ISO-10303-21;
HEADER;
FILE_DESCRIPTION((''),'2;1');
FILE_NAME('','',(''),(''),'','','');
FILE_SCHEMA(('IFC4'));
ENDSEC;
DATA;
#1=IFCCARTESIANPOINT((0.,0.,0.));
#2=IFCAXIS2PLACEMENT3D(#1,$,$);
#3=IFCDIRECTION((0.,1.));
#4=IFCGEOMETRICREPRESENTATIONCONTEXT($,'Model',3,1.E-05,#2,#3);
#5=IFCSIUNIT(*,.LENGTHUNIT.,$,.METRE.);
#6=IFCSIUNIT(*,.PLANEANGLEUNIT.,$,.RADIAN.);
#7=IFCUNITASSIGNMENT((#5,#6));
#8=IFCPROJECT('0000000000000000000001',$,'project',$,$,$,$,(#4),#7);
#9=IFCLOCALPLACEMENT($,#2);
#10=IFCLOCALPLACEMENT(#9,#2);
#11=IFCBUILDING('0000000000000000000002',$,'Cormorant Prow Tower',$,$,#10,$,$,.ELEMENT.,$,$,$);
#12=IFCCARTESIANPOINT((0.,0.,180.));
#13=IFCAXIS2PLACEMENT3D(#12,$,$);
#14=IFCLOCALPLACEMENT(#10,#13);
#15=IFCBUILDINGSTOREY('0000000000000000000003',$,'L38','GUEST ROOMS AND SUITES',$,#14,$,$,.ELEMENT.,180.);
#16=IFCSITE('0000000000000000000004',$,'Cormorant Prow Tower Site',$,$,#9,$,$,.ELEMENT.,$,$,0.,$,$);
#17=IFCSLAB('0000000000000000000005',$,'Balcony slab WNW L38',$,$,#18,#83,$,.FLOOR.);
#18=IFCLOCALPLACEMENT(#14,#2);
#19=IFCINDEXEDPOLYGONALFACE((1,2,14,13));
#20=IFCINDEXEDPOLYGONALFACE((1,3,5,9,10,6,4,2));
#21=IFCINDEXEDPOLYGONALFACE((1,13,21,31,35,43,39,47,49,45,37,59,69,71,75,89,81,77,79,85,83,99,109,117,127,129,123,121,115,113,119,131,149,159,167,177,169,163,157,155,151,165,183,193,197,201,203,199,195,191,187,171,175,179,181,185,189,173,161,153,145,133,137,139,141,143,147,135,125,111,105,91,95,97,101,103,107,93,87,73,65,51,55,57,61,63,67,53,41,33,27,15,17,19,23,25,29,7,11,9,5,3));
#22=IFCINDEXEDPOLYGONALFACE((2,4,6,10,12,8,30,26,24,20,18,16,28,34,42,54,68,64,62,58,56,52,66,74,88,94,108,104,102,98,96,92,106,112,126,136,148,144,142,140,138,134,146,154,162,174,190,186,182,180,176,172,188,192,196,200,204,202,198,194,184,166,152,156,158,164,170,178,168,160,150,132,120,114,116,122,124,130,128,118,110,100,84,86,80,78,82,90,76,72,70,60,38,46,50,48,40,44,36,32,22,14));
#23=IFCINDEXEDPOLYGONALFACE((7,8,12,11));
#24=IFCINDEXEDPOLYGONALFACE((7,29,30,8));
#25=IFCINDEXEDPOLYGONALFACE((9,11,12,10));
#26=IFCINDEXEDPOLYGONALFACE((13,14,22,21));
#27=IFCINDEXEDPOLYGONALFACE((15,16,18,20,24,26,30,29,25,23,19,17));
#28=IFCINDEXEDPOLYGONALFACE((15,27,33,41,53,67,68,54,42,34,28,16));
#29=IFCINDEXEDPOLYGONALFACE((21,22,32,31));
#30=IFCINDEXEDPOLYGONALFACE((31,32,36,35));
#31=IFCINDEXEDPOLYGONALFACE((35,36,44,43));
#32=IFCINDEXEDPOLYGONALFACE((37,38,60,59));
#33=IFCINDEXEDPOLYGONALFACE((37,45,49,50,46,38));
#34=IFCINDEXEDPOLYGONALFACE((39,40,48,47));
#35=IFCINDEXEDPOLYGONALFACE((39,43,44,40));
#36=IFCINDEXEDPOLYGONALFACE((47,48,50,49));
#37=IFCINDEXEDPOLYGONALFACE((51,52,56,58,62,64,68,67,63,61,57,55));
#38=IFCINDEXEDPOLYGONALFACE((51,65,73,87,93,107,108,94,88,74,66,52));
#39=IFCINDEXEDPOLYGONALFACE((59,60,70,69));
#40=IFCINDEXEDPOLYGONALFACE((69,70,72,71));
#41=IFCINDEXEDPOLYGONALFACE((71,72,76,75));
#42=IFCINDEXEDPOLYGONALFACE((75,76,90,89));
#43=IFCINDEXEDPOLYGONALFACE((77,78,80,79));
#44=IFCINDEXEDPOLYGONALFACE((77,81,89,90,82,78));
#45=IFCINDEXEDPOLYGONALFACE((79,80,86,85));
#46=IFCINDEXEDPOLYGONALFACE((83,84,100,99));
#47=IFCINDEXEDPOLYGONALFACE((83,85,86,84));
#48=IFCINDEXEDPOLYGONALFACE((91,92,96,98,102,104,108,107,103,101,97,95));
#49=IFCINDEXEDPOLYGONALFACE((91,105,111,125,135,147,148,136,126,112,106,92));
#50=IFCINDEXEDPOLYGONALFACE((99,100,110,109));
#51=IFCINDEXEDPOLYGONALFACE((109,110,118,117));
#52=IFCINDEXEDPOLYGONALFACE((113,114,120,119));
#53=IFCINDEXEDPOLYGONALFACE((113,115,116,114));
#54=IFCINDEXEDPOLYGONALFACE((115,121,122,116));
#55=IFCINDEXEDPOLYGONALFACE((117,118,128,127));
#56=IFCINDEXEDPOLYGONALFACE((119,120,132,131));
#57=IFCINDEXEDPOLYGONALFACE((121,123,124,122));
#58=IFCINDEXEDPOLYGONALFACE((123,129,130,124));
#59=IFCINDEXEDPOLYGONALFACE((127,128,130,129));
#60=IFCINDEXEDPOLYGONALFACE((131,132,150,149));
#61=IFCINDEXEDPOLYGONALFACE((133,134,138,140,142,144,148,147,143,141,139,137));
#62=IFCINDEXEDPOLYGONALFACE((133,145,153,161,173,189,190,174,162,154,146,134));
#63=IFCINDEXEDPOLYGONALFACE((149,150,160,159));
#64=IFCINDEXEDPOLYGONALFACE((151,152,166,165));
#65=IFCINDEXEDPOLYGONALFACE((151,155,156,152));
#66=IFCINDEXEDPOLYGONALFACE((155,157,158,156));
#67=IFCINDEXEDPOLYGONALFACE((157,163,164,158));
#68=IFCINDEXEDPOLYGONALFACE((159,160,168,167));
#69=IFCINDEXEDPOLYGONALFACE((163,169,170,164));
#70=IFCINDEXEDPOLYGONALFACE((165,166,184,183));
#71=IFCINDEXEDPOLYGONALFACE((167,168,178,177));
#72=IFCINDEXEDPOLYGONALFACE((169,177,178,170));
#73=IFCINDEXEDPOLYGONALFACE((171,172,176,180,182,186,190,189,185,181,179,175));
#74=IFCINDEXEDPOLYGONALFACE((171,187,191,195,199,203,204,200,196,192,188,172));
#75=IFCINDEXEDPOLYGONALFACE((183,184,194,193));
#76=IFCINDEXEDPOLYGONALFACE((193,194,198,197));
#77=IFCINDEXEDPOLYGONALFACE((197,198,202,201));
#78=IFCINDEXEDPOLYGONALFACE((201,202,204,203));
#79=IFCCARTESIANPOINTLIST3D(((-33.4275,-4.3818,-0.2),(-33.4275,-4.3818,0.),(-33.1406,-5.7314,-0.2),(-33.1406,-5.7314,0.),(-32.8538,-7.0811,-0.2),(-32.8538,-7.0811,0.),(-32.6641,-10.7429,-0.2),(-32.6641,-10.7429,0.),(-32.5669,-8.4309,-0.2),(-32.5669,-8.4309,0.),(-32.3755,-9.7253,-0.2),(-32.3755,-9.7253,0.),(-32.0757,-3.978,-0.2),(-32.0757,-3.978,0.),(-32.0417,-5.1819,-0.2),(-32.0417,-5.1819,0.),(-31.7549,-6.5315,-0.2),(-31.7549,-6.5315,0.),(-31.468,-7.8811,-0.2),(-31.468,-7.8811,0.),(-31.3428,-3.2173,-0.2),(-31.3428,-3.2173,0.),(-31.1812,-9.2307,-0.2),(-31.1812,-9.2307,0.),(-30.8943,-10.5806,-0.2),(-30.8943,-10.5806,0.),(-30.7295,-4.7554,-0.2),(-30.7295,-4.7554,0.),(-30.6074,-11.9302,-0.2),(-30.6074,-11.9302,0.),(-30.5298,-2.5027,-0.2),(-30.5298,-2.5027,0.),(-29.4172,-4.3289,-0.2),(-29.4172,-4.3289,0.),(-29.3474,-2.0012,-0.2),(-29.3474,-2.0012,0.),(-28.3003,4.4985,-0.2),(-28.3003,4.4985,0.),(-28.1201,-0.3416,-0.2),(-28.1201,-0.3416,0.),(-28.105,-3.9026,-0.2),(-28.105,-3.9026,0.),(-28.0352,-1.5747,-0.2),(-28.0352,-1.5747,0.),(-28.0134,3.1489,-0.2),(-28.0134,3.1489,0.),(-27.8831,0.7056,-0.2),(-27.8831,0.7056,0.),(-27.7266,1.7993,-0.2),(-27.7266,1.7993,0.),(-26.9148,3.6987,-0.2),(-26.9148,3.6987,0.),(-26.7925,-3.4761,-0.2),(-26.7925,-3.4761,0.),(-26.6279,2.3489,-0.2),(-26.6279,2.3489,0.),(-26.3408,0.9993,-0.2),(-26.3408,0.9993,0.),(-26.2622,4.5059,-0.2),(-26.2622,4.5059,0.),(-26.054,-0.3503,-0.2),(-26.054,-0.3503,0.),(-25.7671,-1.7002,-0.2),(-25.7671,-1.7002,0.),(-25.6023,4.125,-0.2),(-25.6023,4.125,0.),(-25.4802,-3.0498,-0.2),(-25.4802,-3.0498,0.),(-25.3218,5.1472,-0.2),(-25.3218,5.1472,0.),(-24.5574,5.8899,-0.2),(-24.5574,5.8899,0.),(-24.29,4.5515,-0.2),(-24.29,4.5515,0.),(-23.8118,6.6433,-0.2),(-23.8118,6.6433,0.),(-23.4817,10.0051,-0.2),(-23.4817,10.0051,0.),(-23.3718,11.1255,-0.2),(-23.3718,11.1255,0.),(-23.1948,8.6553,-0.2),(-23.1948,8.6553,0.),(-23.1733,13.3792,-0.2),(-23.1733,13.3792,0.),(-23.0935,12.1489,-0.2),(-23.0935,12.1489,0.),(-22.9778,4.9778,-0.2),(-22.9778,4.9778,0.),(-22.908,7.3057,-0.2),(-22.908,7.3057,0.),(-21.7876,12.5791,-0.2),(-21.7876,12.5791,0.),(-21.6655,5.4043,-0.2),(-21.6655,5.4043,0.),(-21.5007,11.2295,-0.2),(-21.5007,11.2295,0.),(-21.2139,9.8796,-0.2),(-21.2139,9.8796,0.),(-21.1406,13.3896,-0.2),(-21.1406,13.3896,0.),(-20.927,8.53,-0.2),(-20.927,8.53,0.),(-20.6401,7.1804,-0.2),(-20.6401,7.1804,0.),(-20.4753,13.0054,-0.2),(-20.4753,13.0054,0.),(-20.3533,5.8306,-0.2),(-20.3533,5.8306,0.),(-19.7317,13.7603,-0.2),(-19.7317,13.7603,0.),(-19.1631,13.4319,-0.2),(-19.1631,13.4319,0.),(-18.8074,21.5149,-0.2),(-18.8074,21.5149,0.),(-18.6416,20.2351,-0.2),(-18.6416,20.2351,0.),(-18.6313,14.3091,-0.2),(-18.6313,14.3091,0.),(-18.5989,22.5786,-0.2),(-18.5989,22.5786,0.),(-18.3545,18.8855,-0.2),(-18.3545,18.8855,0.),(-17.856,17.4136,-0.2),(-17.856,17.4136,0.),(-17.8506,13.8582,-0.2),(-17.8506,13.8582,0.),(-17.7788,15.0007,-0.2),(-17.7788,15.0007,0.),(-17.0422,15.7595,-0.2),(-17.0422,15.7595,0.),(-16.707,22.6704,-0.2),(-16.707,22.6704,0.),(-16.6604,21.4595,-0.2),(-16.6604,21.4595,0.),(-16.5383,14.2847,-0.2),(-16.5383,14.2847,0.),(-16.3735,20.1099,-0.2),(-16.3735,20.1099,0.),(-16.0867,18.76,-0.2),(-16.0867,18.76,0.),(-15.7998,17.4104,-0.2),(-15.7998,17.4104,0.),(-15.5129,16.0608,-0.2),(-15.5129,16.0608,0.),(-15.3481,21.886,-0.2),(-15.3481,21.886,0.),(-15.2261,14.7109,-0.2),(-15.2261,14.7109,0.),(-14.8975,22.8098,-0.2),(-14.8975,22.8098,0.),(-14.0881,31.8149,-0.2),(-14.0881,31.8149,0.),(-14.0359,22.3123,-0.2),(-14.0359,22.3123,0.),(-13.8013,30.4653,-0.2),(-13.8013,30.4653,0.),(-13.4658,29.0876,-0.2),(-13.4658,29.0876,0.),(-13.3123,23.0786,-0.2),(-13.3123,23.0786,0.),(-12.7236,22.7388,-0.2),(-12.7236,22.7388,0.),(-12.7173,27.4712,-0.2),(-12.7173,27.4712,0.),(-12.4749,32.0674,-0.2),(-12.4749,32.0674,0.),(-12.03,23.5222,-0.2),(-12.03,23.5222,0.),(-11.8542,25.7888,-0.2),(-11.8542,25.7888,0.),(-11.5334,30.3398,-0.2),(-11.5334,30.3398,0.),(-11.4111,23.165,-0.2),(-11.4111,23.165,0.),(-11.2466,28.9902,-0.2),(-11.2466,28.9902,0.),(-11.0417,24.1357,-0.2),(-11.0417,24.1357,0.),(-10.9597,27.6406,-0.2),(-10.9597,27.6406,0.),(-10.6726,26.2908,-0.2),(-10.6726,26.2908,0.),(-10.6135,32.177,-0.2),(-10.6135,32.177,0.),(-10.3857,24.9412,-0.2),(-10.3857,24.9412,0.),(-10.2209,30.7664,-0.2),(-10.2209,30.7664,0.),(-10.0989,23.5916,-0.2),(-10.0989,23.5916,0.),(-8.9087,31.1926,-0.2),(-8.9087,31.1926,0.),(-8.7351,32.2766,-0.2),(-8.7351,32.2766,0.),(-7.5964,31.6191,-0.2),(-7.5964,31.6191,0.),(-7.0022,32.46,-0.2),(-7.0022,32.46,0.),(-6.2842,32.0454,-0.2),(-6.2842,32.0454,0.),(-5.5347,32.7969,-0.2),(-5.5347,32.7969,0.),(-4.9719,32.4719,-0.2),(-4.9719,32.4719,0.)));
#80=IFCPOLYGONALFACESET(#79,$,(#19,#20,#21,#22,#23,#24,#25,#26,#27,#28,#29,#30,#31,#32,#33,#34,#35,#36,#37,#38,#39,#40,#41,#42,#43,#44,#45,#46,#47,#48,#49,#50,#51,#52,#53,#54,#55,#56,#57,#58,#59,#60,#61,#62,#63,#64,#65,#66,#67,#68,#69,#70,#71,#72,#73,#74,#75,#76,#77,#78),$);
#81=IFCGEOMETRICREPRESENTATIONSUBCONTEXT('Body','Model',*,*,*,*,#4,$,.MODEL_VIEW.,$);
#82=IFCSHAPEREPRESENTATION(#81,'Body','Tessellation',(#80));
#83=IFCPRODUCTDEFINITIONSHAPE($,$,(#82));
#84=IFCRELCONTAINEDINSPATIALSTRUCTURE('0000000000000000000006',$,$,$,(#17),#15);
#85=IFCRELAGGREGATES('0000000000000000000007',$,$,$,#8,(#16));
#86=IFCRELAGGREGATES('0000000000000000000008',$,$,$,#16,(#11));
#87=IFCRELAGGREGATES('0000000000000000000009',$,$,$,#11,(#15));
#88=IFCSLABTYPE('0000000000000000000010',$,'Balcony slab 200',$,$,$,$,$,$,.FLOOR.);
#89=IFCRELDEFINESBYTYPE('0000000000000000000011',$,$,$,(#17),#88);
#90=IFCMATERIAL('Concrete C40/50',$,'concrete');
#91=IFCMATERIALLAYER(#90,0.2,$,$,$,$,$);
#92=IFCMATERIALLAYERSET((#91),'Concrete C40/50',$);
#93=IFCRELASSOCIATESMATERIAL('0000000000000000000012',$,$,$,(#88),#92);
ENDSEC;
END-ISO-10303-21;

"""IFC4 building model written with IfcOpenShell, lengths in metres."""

from ifc_helpers import new_model, si_unit, direction, frame, origin, place, context, subcontext, project, spatial, polyline, outline, extrude, material, layer, layer_set, type_object, element, save


model = new_model("IFC4")

# Units and contexts
model_context = context("Model", 3, precision=1e-05, world=origin(), true_north=direction((0.0, 1.0)))
body_context = subcontext(model_context, "Body", "Model", "MODEL_VIEW")
ifc_project = project(units=[si_unit("LENGTHUNIT", "METRE"), si_unit("PLANEANGLEUNIT", "RADIAN")], contexts=[model_context])

# Site, building, storey
site_placement = place(None, origin())
site = spatial("IfcSite", under=ifc_project, at=site_placement, Name="Cormorant Prow Tower Site", CompositionType="ELEMENT", RefElevation=0.0)
building_placement = place(site_placement, origin())
building = spatial("IfcBuilding", under=site, at=building_placement, Name="Cormorant Prow Tower", CompositionType="ELEMENT")
storey_placement = place(building_placement, frame((0.0, 0.0, 180.0)))
storey = spatial("IfcBuildingStorey", under=building, at=storey_placement, Name="L38", Description="GUEST ROOMS AND SUITES", CompositionType="ELEMENT", Elevation=180.0)

# Slab
ifc_material_1 = material(Name="Concrete C40/50", Category="concrete")
ifc_layer_1 = layer(ifc_material_1, 0.2)
ifc_layer_set_1 = layer_set([ifc_layer_1], Name="Concrete C40/50")
slab_type_1 = type_object("IfcSlabType", Name="Balcony slab 200", PredefinedType="FLOOR", material=ifc_layer_set_1)
slab_1_placement = place(storey_placement, frame((0.0, 0.0, -0.2)))
element("IfcSlab", 1, at=slab_1_placement, inside=storey, type_object=slab_type_1, Name="Balcony slab WNW L38", PredefinedType="FLOOR", context=body_context, shape_type="SweptSolid", body=[
    extrude(outline(polyline([(-4.9719, 32.4719), (-5.5347, 32.7969), (-7.0022, 32.46), (-8.7351, 32.2766), (-10.6135, 32.177), (-12.4749, 32.0674), (-14.0881, 31.8149), (-13.8013, 30.4653), (-13.4658, 29.0876), (-12.7173, 27.4712), (-11.8542, 25.7888), (-11.0417, 24.1357), (-12.03, 23.5222), (-13.3123, 23.0786), (-14.8975, 22.8098), (-16.707, 22.6704), (-18.5989, 22.5786), (-18.8074, 21.5149), (-18.6416, 20.2351), (-18.3545, 18.8855), (-17.856, 17.4136), (-17.0422, 15.7595), (-17.7788, 15.0007), (-18.6313, 14.3091), (-19.7317, 13.7603), (-21.1406, 13.3896), (-23.1733, 13.3792), (-23.0935, 12.1489), (-23.3718, 11.1255), (-23.4817, 10.0051), (-23.1948, 8.6553), (-22.908, 7.3057), (-23.8118, 6.6433), (-24.5574, 5.8899), (-25.3218, 5.1472), (-26.2622, 4.5059), (-28.3003, 4.4985), (-28.0134, 3.1489), (-27.7266, 1.7993), (-27.8831, 0.7056), (-28.1201, -0.3416), (-28.0352, -1.5747), (-29.3474, -2.0012), (-30.5298, -2.5027), (-31.3428, -3.2173), (-32.0757, -3.978), (-33.4275, -4.3818), (-33.1406, -5.7314), (-32.8538, -7.0811), (-32.5669, -8.4309), (-32.3755, -9.7253), (-32.6641, -10.7429), (-30.6074, -11.9302), (-30.8943, -10.5806), (-31.1812, -9.2307), (-31.468, -7.8811), (-31.7549, -6.5315), (-32.0417, -5.1819), (-30.7295, -4.7554), (-29.4172, -4.3289), (-28.105, -3.9026), (-26.7925, -3.4761), (-25.4802, -3.0498), (-25.7671, -1.7002), (-26.054, -0.3503), (-26.3408, 0.9993), (-26.6279, 2.3489), (-26.9148, 3.6987), (-25.6023, 4.125), (-24.29, 4.5515), (-22.9778, 4.9778), (-21.6655, 5.4043), (-20.3533, 5.8306), (-20.6401, 7.1804), (-20.927, 8.53), (-21.2139, 9.8796), (-21.5007, 11.2295), (-21.7876, 12.5791), (-20.4753, 13.0054), (-19.1631, 13.4319), (-17.8506, 13.8582), (-16.5383, 14.2847), (-15.2261, 14.7109), (-15.5129, 16.0608), (-15.7998, 17.4104), (-16.0867, 18.76), (-16.3735, 20.1099), (-16.6604, 21.4595), (-15.3481, 21.886), (-14.0359, 22.3123), (-12.7236, 22.7388), (-11.4111, 23.165), (-10.0989, 23.5916), (-10.3857, 24.9412), (-10.6726, 26.2908), (-10.9597, 27.6406), (-11.2466, 28.9902), (-11.5334, 30.3398), (-10.2209, 30.7664), (-8.9087, 31.1926), (-7.5964, 31.6191), (-6.2842, 32.0454), (-4.9719, 32.4719)])), origin(), (0.0, 0.0, 1.0), 0.2),
])

save(model, "model.ifc")
